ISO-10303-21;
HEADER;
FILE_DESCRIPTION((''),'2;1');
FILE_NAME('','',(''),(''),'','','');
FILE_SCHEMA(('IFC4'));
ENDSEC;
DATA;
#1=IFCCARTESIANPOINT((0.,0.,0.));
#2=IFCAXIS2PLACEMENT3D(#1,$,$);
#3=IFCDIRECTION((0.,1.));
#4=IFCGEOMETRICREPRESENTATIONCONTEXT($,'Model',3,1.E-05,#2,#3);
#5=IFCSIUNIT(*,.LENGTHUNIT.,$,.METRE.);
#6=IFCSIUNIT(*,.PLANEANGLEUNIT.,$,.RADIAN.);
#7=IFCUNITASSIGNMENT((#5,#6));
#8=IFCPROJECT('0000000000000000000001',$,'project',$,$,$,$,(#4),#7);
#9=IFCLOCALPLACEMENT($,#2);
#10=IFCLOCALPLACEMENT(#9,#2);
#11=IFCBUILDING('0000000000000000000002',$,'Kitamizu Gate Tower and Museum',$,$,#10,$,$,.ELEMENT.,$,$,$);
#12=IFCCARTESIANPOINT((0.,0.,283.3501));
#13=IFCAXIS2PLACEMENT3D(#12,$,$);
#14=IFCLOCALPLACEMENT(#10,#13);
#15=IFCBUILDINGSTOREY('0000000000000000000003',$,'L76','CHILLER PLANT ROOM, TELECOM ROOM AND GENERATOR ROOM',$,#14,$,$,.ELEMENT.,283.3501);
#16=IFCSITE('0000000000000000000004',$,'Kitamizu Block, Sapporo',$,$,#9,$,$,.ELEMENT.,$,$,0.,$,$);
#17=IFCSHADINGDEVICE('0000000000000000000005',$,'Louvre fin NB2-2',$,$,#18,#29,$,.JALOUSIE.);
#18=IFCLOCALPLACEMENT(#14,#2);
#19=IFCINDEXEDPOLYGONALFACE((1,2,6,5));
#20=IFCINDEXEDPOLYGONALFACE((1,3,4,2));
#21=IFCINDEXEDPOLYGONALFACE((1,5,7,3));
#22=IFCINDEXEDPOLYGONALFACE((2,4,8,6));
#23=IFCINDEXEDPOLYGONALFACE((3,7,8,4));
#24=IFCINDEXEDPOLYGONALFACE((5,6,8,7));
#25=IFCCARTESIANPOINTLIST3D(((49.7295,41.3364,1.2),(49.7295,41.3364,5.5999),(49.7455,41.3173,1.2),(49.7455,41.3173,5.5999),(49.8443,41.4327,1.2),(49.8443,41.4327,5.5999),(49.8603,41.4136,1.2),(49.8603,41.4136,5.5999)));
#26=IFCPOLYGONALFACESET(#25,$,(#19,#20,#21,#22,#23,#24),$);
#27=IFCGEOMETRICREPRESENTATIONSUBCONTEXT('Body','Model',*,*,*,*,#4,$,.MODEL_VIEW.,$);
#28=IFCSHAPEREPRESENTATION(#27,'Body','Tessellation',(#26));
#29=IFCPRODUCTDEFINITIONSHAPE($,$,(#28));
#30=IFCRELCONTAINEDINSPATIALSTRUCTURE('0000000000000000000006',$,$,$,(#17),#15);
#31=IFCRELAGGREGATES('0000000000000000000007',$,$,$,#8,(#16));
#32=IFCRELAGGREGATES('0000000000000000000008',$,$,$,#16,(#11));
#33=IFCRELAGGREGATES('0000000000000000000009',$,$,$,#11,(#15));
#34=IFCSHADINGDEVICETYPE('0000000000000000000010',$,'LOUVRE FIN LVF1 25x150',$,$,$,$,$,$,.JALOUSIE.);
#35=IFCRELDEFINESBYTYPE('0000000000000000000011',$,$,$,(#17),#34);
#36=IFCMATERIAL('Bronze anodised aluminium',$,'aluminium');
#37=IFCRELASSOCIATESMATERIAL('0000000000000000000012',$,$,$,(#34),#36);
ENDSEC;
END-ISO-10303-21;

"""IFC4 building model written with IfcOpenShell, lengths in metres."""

from ifc_helpers import new_model, si_unit, direction, frame, origin, origin_2d, place, context, subcontext, project, spatial, rectangle, extrude, material, material_profile, profile_set, type_object, element, save


model = new_model("IFC4")

# Units and contexts
model_context = context("Model", 3, precision=1e-05, world=origin(), true_north=direction((0.0, 1.0)))
body_context = subcontext(model_context, "Body", "Model", "MODEL_VIEW")
ifc_project = project(units=[si_unit("LENGTHUNIT", "METRE"), si_unit("PLANEANGLEUNIT", "RADIAN")], contexts=[model_context])

# Site, building, storey
site_placement = place(None, origin())
site = spatial("IfcSite", under=ifc_project, at=site_placement, Name="Kitamizu Block, Sapporo", CompositionType="ELEMENT", RefElevation=0.0)
building_placement = place(site_placement, origin())
building = spatial("IfcBuilding", under=site, at=building_placement, Name="Kitamizu Gate Tower and Museum", CompositionType="ELEMENT")
storey_placement = place(building_placement, frame((0.0, 0.0, 283.3501)))
storey = spatial("IfcBuildingStorey", under=building, at=storey_placement, Name="L76", Description="CHILLER PLANT ROOM, TELECOM ROOM AND GENERATOR ROOM", CompositionType="ELEMENT", Elevation=283.3501)

# Shading device
ifc_material_1 = material(Name="Bronze anodised aluminium", Category="aluminium")
ifc_material_profile_1 = material_profile(ifc_material_1, rectangle(XDim=0.1499, YDim=0.0249, at=origin_2d()), Name="AL 25x150")
ifc_profile_set_1 = profile_set([ifc_material_profile_1], Name="Bronze anodised aluminium")
shading_device_type = type_object("IfcShadingDeviceType", Name="LOUVRE FIN LVF1 25x150", PredefinedType="JALOUSIE", material=ifc_profile_set_1)
for number, where, z_axis, x_axis, name in (
    (1, (49.7949, 41.375, 1.2), (0.0, 0.0, 1.0), (0.766044, 0.642788, 0.0), "Louvre fin NB2-2"),
):
    element("IfcShadingDevice", number, at=place(storey_placement, frame(where, z_axis=z_axis, x_axis=x_axis)), inside=storey, type_object=shading_device_type, Name=name, PredefinedType="JALOUSIE", context=body_context, shape_type="SweptSolid", body=[
        extrude(rectangle(XDim=0.1499, YDim=0.0249, at=origin_2d()), origin(), (0.0, 0.0, 1.0), 4.3999),
    ])

save(model, "model.ifc")
